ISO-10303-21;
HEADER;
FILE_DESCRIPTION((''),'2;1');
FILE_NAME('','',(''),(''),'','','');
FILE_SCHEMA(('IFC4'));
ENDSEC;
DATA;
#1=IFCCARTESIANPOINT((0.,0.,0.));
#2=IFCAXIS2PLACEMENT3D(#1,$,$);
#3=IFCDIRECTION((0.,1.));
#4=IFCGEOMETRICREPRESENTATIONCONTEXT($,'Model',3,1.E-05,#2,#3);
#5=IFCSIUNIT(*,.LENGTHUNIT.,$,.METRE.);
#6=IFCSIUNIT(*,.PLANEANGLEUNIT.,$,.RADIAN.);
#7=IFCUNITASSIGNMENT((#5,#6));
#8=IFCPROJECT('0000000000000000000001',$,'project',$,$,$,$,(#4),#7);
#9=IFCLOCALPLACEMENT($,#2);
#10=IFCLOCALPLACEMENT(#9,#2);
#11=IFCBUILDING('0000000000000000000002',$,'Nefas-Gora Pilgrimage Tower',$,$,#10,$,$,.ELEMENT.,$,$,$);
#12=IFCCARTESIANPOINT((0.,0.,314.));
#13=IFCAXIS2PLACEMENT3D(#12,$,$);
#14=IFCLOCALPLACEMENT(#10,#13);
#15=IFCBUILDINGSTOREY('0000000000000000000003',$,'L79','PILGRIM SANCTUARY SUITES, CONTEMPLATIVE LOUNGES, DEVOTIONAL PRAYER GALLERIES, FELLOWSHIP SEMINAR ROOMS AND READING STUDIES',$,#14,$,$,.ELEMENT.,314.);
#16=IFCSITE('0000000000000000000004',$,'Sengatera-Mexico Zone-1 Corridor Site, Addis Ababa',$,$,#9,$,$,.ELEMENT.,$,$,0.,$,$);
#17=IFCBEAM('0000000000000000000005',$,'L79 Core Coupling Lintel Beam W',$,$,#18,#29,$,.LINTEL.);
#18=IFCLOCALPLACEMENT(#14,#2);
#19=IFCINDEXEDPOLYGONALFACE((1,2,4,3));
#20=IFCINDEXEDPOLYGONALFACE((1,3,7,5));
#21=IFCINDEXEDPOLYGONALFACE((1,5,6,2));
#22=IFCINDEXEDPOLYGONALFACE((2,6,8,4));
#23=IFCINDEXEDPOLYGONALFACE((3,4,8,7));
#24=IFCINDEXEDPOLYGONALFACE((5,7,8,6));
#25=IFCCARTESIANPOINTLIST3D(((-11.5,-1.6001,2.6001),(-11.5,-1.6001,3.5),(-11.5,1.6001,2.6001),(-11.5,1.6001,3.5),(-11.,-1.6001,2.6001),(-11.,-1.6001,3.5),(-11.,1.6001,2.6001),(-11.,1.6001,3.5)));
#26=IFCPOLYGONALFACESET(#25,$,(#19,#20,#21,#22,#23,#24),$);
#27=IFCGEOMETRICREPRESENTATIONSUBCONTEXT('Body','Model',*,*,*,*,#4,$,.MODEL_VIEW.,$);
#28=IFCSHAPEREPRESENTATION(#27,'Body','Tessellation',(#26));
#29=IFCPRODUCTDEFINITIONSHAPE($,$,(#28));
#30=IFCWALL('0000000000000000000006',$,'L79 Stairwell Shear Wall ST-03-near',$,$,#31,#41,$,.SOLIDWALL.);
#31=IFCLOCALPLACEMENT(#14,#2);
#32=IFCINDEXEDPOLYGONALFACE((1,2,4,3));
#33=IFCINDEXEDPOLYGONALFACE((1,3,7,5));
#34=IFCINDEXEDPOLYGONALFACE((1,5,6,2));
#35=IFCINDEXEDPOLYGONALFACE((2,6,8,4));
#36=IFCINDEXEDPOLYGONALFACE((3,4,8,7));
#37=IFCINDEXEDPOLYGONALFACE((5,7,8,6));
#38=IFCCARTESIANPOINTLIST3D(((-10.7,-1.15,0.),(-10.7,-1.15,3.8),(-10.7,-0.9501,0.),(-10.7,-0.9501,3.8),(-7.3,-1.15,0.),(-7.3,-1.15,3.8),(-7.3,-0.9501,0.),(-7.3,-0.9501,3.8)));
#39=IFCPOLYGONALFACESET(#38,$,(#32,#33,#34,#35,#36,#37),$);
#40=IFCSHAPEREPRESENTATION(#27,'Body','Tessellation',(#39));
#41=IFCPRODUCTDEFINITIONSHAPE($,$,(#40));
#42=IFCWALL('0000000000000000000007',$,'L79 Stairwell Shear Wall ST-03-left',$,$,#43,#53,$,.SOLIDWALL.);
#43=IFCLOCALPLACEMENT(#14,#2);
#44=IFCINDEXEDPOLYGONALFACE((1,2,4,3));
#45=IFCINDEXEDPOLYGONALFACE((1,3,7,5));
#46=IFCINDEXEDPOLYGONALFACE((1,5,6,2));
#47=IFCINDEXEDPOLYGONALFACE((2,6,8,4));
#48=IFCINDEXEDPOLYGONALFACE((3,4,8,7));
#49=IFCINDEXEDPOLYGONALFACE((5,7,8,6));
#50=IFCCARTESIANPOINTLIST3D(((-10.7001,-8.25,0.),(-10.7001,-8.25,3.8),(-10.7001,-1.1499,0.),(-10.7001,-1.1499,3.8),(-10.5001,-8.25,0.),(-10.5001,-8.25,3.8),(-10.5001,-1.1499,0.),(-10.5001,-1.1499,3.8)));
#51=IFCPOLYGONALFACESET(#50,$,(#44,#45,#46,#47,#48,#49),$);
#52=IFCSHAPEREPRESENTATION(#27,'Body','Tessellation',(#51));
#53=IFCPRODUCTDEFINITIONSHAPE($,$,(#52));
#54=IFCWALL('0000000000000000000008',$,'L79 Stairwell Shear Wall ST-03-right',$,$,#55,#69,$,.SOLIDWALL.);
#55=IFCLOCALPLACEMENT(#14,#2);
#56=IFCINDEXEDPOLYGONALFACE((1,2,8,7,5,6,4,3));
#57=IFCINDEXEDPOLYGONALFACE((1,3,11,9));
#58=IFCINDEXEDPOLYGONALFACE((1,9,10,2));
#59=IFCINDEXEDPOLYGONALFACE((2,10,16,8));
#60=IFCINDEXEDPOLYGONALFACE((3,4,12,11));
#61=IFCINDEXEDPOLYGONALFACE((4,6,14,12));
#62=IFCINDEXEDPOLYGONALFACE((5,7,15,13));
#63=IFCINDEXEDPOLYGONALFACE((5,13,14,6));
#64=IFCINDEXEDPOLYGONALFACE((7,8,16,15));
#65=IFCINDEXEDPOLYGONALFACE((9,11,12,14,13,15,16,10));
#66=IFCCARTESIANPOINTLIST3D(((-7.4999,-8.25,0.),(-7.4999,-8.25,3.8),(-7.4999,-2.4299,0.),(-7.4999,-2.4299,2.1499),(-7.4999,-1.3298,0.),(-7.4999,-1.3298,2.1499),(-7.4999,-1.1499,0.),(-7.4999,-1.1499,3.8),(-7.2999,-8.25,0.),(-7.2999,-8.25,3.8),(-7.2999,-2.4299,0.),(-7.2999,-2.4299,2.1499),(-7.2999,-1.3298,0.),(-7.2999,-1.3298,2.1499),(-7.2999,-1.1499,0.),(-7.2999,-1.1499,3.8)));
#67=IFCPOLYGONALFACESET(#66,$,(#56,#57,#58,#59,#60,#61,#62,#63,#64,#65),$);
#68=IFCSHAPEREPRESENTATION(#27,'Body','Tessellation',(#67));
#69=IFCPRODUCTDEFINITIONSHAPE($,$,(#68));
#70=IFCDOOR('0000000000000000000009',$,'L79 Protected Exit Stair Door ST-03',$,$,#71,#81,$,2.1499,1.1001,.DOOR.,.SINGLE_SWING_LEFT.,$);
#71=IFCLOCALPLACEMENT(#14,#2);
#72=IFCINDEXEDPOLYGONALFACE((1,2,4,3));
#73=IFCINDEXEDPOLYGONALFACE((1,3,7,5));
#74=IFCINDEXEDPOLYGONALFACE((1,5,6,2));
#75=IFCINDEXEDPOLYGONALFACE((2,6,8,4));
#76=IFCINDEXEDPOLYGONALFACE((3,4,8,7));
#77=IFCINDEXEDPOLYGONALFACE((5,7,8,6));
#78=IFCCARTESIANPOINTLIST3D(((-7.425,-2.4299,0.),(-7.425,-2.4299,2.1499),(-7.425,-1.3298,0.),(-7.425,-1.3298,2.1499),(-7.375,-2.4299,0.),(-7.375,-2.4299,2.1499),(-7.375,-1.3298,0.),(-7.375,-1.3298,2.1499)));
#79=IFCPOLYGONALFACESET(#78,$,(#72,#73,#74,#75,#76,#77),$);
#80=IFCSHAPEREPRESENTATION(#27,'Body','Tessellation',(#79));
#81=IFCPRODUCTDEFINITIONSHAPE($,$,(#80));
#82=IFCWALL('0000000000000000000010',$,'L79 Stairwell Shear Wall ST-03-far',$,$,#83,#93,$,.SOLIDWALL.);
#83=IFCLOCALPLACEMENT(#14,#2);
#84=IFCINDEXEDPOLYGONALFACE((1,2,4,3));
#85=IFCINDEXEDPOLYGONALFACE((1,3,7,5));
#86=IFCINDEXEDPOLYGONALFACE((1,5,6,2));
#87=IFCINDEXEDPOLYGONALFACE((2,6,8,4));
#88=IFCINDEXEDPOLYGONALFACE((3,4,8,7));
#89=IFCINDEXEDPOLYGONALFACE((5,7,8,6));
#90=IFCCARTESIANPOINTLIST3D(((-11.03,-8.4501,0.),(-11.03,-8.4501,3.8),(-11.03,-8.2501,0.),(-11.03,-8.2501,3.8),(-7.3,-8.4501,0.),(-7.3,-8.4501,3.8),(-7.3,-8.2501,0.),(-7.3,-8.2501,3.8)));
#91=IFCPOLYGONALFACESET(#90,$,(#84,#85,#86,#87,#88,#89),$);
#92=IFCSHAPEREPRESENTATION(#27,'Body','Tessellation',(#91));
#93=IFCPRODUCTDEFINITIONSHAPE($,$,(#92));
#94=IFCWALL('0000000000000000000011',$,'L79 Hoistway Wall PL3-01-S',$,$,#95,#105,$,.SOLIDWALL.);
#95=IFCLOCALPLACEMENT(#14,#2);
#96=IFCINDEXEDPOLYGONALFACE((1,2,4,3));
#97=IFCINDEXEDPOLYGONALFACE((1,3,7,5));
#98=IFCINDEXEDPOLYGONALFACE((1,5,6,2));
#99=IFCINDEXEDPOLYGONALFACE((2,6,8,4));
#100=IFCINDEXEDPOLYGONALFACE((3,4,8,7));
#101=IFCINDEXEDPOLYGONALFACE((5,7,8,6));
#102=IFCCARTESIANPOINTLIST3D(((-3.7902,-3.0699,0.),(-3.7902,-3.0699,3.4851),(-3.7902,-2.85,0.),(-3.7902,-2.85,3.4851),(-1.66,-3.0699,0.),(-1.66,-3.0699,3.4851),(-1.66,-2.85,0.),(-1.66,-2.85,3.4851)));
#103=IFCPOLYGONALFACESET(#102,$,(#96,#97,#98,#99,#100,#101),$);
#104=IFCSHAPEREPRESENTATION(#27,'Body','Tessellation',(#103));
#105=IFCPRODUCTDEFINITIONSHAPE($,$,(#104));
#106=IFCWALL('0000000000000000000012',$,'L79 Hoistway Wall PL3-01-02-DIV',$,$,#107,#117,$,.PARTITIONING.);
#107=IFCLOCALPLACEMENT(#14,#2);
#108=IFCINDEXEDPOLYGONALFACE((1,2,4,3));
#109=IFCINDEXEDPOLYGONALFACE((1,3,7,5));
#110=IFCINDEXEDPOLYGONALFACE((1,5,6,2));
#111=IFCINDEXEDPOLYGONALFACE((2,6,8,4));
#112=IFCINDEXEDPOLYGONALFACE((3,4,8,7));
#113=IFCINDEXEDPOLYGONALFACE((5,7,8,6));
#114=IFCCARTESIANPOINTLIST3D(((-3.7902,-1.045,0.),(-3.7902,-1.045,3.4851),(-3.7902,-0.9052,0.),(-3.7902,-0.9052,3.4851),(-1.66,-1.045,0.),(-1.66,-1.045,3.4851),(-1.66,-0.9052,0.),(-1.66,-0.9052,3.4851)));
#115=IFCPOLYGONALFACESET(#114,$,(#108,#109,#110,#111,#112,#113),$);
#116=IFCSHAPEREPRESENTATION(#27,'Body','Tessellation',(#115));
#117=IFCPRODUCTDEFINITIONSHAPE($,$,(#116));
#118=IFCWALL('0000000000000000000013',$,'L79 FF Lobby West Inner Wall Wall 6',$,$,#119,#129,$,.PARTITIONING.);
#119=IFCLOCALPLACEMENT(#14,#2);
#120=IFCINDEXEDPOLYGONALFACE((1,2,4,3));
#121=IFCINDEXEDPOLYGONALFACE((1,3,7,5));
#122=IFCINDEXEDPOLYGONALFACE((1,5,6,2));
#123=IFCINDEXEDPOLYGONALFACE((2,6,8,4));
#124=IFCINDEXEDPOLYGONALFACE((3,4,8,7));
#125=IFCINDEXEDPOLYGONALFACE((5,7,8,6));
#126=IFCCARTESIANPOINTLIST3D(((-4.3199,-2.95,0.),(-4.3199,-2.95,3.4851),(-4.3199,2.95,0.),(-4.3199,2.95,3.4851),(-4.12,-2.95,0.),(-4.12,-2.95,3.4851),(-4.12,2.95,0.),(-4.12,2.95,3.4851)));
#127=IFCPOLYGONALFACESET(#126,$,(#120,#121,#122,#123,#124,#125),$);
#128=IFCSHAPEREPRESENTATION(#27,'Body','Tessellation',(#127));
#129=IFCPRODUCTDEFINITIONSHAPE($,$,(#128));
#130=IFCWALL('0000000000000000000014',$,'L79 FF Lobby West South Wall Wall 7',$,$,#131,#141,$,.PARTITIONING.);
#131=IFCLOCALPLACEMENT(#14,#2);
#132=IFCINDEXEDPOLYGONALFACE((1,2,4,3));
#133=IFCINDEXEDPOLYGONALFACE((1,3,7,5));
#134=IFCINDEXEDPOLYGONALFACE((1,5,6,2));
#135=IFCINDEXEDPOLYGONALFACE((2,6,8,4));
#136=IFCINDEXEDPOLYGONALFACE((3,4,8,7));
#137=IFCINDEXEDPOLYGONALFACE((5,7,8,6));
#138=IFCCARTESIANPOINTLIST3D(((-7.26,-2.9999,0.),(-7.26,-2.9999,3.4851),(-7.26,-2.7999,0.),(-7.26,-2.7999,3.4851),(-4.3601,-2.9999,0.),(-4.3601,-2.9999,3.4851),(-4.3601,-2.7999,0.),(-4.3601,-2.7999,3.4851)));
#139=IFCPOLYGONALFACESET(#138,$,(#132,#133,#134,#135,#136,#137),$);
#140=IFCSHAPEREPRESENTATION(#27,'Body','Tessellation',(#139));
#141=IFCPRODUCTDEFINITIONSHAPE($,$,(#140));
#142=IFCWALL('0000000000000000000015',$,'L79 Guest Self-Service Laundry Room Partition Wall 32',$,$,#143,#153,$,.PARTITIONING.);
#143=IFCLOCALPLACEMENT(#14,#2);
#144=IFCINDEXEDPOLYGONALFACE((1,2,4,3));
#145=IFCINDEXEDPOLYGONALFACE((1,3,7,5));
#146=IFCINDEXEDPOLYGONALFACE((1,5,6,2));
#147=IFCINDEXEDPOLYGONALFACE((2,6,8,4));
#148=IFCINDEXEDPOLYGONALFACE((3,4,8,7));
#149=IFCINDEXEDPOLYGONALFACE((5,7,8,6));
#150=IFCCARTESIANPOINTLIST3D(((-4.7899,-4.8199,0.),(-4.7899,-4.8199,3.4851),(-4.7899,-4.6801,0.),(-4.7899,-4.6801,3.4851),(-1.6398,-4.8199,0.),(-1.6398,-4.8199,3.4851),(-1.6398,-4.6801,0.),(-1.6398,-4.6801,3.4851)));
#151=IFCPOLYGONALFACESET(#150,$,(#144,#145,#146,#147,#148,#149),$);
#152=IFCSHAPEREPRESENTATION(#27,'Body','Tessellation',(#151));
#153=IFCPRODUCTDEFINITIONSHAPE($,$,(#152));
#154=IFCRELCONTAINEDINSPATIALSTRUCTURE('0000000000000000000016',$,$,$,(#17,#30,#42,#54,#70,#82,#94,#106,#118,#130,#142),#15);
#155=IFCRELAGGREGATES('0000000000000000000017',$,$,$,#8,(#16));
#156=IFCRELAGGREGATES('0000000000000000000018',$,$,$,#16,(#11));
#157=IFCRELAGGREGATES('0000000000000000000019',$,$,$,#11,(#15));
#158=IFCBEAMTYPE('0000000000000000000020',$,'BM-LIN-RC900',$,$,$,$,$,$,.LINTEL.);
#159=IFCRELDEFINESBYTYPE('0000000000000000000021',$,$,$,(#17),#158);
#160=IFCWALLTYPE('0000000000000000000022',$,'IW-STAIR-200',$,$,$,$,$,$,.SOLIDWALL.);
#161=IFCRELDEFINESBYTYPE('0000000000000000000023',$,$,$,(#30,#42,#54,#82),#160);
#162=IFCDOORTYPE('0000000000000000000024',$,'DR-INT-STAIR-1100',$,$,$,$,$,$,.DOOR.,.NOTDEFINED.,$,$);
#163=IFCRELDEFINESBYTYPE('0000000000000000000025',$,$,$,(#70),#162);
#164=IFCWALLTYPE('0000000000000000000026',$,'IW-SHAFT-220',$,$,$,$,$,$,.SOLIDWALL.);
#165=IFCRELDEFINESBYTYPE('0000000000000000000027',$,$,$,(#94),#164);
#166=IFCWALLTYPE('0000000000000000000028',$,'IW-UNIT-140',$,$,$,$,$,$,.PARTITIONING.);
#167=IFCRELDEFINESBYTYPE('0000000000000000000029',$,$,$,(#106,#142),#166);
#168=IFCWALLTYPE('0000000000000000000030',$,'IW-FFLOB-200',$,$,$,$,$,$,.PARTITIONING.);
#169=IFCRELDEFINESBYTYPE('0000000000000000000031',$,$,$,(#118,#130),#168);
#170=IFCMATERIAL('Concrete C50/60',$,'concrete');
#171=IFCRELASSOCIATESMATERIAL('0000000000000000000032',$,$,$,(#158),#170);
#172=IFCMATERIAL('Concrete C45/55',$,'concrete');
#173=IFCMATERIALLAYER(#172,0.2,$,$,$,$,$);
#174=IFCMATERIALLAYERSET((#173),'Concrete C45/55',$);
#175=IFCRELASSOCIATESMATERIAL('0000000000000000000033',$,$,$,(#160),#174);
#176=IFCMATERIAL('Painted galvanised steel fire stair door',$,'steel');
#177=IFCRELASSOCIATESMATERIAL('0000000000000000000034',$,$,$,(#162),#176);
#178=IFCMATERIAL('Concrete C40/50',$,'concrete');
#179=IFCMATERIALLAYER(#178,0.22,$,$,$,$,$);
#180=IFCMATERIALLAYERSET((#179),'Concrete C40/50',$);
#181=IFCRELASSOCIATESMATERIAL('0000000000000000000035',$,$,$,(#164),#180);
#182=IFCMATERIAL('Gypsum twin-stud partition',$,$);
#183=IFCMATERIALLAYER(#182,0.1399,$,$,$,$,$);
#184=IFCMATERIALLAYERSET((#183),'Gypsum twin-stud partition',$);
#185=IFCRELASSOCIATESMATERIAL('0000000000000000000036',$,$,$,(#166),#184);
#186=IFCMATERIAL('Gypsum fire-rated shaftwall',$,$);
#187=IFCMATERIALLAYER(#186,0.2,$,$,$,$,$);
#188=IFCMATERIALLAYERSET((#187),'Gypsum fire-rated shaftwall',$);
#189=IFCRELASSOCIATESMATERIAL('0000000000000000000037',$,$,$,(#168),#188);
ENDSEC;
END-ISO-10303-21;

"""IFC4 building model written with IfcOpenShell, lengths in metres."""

from ifc_helpers import new_model, si_unit, direction, frame, frame_2d, origin, origin_2d, place, context, subcontext, project, spatial, rectangle, extrude, source, transform, mapped, material, layer, layer_set, material_profile, profile_set, type_object, element, fill, save


model = new_model("IFC4")

# Units and contexts
model_context = context("Model", 3, precision=1e-05, world=origin(), true_north=direction((0.0, 1.0)))
body_context = subcontext(model_context, "Body", "Model", "MODEL_VIEW")
ifc_project = project(units=[si_unit("LENGTHUNIT", "METRE"), si_unit("PLANEANGLEUNIT", "RADIAN")], contexts=[model_context])

# Site, building, storey
site_placement = place(None, origin())
site = spatial("IfcSite", under=ifc_project, at=site_placement, Name="Sengatera-Mexico Zone-1 Corridor Site, Addis Ababa", CompositionType="ELEMENT", RefElevation=0.0)
building_placement = place(site_placement, origin())
building = spatial("IfcBuilding", under=site, at=building_placement, Name="Nefas-Gora Pilgrimage Tower", CompositionType="ELEMENT")
storey_placement = place(building_placement, frame((0.0, 0.0, 314.0)))
storey = spatial("IfcBuildingStorey", under=building, at=storey_placement, Name="L79", Description="PILGRIM SANCTUARY SUITES, CONTEMPLATIVE LOUNGES, DEVOTIONAL PRAYER GALLERIES, FELLOWSHIP SEMINAR ROOMS AND READING STUDIES", CompositionType="ELEMENT", Elevation=314.0)

# Beam
ifc_material_1 = material(Name="Concrete C50/60", Category="concrete")
ifc_material_profile = material_profile(ifc_material_1, rectangle(XDim=0.5, YDim=0.8999, at=origin_2d()), Name="RC 500x900")
ifc_profile_set = profile_set([ifc_material_profile], Name="Concrete C50/60")
beam_type = type_object("IfcBeamType", Name="BM-LIN-RC900", PredefinedType="LINTEL", material=ifc_profile_set)
shared_shape_1 = source(origin(), body_context, "Body", "SweptSolid", [
    extrude(rectangle(XDim=0.5, YDim=0.8999, at=origin_2d()), origin(), (0.0, 0.0, 1.0), 3.2002),
])
beam_placement = place(storey_placement, frame((-11.25, -1.6001, 3.05), z_axis=(0.0, 1.0, 0.0), x_axis=(-1.0, 0.0, 0.0)))
element("IfcBeam", 1, at=beam_placement, inside=storey, type_object=beam_type, Name="L79 Core Coupling Lintel Beam W", PredefinedType="LINTEL", context=body_context, shape_type="MappedRepresentation", body=[
    mapped(shared_shape_1, transform((0.0, 0.0, 0.0), x_axis=(1.0, 0.0, 0.0), y_axis=(0.0, 1.0, 0.0), z_axis=(0.0, 0.0, 1.0), scale=1.0)),
])

# Walls
ifc_material_2 = material(Name="Concrete C45/55", Category="concrete")
ifc_layer_1 = layer(ifc_material_2, 0.2)
ifc_layer_set_1 = layer_set([ifc_layer_1], Name="Concrete C45/55")
wall_type_1 = type_object("IfcWallType", Name="IW-STAIR-200", PredefinedType="SOLIDWALL", material=ifc_layer_set_1)
shared_shape_2 = source(origin(), body_context, "Body", "SweptSolid", [
    extrude(rectangle(XDim=3.3999, YDim=0.2, at=frame_2d((1.7, 0.0))), origin(), (0.0, 0.0, 1.0), 3.8),
])
wall_1_placement = place(storey_placement, frame((-10.7, -1.05, 0.0), z_axis=(0.0, 0.0, 1.0), x_axis=(1.0, 0.0, 0.0)))
element("IfcWall", 2, at=wall_1_placement, inside=storey, type_object=wall_type_1, Name="L79 Stairwell Shear Wall ST-03-near", PredefinedType="SOLIDWALL", context=body_context, shape_type="MappedRepresentation", body=[
    mapped(shared_shape_2, transform((0.0, 0.0, 0.0), x_axis=(1.0, 0.0, 0.0), y_axis=(0.0, 1.0, 0.0), z_axis=(0.0, 0.0, 1.0), scale=1.0)),
])
shared_shape_3 = source(origin(), body_context, "Body", "SweptSolid", [
    extrude(rectangle(XDim=7.1001, YDim=0.2, at=frame_2d((3.55, 0.0))), origin(), (0.0, 0.0, 1.0), 3.8),
])
wall_2_placement = place(storey_placement, frame((-10.6001, -1.1499, 0.0), z_axis=(0.0, 0.0, 1.0), x_axis=(0.0, -1.0, 0.0)))
element("IfcWall", 3, at=wall_2_placement, inside=storey, type_object=wall_type_1, Name="L79 Stairwell Shear Wall ST-03-left", PredefinedType="SOLIDWALL", context=body_context, shape_type="MappedRepresentation", body=[
    mapped(shared_shape_3, transform((0.0, 0.0, 0.0), x_axis=(1.0, 0.0, 0.0), y_axis=(0.0, 1.0, 0.0), z_axis=(0.0, 0.0, 1.0), scale=1.0)),
])

# Wall, opening, door
wall_3_placement = place(storey_placement, frame((-7.3999, -1.1499, 0.0), z_axis=(0.0, 0.0, 1.0), x_axis=(0.0, -1.0, 0.0)))
wall_3 = element("IfcWall", 4, at=wall_3_placement, inside=storey, type_object=wall_type_1, Name="L79 Stairwell Shear Wall ST-03-right", PredefinedType="SOLIDWALL", context=body_context, shape_type="MappedRepresentation", body=[
    mapped(shared_shape_3, transform((0.0, 0.0, 0.0), x_axis=(1.0, 0.0, 0.0), y_axis=(0.0, 1.0, 0.0), z_axis=(0.0, 0.0, 1.0), scale=1.0)),
])
opening_placement = place(wall_3_placement, frame((0.1799, 0.0, 0.0)))
opening = element("IfcOpeningElement", 5, at=opening_placement, cuts=wall_3, PredefinedType="OPENING", context=body_context, shape_type="SweptSolid", body=[
    extrude(rectangle(XDim=1.1001, YDim=2.1499, at=frame_2d((0.55, 1.075))), frame((0.0, 0.1099, 0.0), z_axis=(0.0, -1.0, 0.0), x_axis=(1.0, 0.0, 0.0)), (0.0, 0.0, 1.0), 0.22),
])
ifc_material_3 = material(Name="Painted galvanised steel fire stair door", Category="steel")
door_type = type_object("IfcDoorType", Name="DR-INT-STAIR-1100", OperationType="NOTDEFINED", PredefinedType="DOOR", material=ifc_material_3)
shared_shape_4 = source(origin(), body_context, "Body", "SweptSolid", [
    extrude(rectangle(XDim=1.1001, YDim=2.1499, at=frame_2d((0.55, 1.075))), frame((0.0, 0.0249, 0.0), z_axis=(0.0, -1.0, 0.0), x_axis=(1.0, 0.0, 0.0)), (0.0, 0.0, 1.0), 0.05),
])
door_placement = place(opening_placement, origin())
door = element("IfcDoor", 6, at=door_placement, inside=storey, type_object=door_type, Name="L79 Protected Exit Stair Door ST-03", OperationType="SINGLE_SWING_LEFT", OverallHeight=2.1499, OverallWidth=1.1001, PredefinedType="DOOR", context=body_context, shape_type="MappedRepresentation", body=[
    mapped(shared_shape_4, transform((0.0, 0.0, 0.0), x_axis=(1.0, 0.0, 0.0), y_axis=(0.0, 1.0, 0.0), z_axis=(0.0, 0.0, 1.0), scale=1.0)),
])
fill(opening, door)

# Walls
shared_shape_5 = source(origin(), body_context, "Body", "SweptSolid", [
    extrude(rectangle(XDim=3.73, YDim=0.2, at=frame_2d((1.865, 0.0))), origin(), (0.0, 0.0, 1.0), 3.8),
])
wall_4_placement = place(storey_placement, frame((-11.03, -8.3501, 0.0), z_axis=(0.0, 0.0, 1.0), x_axis=(1.0, 0.0, 0.0)))
element("IfcWall", 7, at=wall_4_placement, inside=storey, type_object=wall_type_1, Name="L79 Stairwell Shear Wall ST-03-far", PredefinedType="SOLIDWALL", context=body_context, shape_type="MappedRepresentation", body=[
    mapped(shared_shape_5, transform((0.0, 0.0, 0.0), x_axis=(1.0, 0.0, 0.0), y_axis=(0.0, 1.0, 0.0), z_axis=(0.0, 0.0, 1.0), scale=1.0)),
])
ifc_material_4 = material(Name="Concrete C40/50", Category="concrete")
ifc_layer_2 = layer(ifc_material_4, 0.22)
ifc_layer_set_2 = layer_set([ifc_layer_2], Name="Concrete C40/50")
wall_type_2 = type_object("IfcWallType", Name="IW-SHAFT-220", PredefinedType="SOLIDWALL", material=ifc_layer_set_2)
shared_shape_6 = source(origin(), body_context, "Body", "SweptSolid", [
    extrude(rectangle(XDim=2.1301, YDim=0.22, at=frame_2d((1.0649, 0.0))), origin(), (0.0, 0.0, 1.0), 3.4851),
])
wall_5_placement = place(storey_placement, frame((-3.79, -2.96, 0.0), z_axis=(0.0, 0.0, 1.0), x_axis=(1.0, 0.0, 0.0)))
element("IfcWall", 8, at=wall_5_placement, inside=storey, type_object=wall_type_2, Name="L79 Hoistway Wall PL3-01-S", PredefinedType="SOLIDWALL", context=body_context, shape_type="MappedRepresentation", body=[
    mapped(shared_shape_6, transform((0.0, 0.0, 0.0), x_axis=(1.0, 0.0, 0.0), y_axis=(0.0, 1.0, 0.0), z_axis=(0.0, 0.0, 1.0), scale=1.0)),
])
ifc_material_5 = material(Name="Gypsum twin-stud partition")
ifc_layer_3 = layer(ifc_material_5, 0.1399)
ifc_layer_set_3 = layer_set([ifc_layer_3], Name="Gypsum twin-stud partition")
wall_type_3 = type_object("IfcWallType", Name="IW-UNIT-140", PredefinedType="PARTITIONING", material=ifc_layer_set_3)
shared_shape_7 = source(origin(), body_context, "Body", "SweptSolid", [
    extrude(rectangle(XDim=2.1301, YDim=0.1399, at=frame_2d((1.0649, 0.0))), origin(), (0.0, 0.0, 1.0), 3.4851),
])
wall_6_placement = place(storey_placement, frame((-3.79, -0.9751, 0.0), z_axis=(0.0, 0.0, 1.0), x_axis=(1.0, 0.0, 0.0)))
element("IfcWall", 9, at=wall_6_placement, inside=storey, type_object=wall_type_3, Name="L79 Hoistway Wall PL3-01-02-DIV", PredefinedType="PARTITIONING", context=body_context, shape_type="MappedRepresentation", body=[
    mapped(shared_shape_7, transform((0.0, 0.0, 0.0), x_axis=(1.0, 0.0, 0.0), y_axis=(0.0, 1.0, 0.0), z_axis=(0.0, 0.0, 1.0), scale=1.0)),
])
ifc_material_6 = material(Name="Gypsum fire-rated shaftwall")
ifc_layer_4 = layer(ifc_material_6, 0.2)
ifc_layer_set_4 = layer_set([ifc_layer_4], Name="Gypsum fire-rated shaftwall")
wall_type_4 = type_object("IfcWallType", Name="IW-FFLOB-200", PredefinedType="PARTITIONING", material=ifc_layer_set_4)
shared_shape_8 = source(origin(), body_context, "Body", "SweptSolid", [
    extrude(rectangle(XDim=5.8999, YDim=0.2, at=frame_2d((2.95, 0.0))), origin(), (0.0, 0.0, 1.0), 3.4851),
])
wall_7_placement = place(storey_placement, frame((-4.22, -2.95, 0.0), z_axis=(0.0, 0.0, 1.0), x_axis=(0.0, 1.0, 0.0)))
element("IfcWall", 10, at=wall_7_placement, inside=storey, type_object=wall_type_4, Name="L79 FF Lobby West Inner Wall Wall 6", PredefinedType="PARTITIONING", context=body_context, shape_type="MappedRepresentation", body=[
    mapped(shared_shape_8, transform((0.0, 0.0, 0.0), x_axis=(1.0, 0.0, 0.0), y_axis=(0.0, 1.0, 0.0), z_axis=(0.0, 0.0, 1.0), scale=1.0)),
])
shared_shape_9 = source(origin(), body_context, "Body", "SweptSolid", [
    extrude(rectangle(XDim=2.8999, YDim=0.2, at=frame_2d((1.45, 0.0))), origin(), (0.0, 0.0, 1.0), 3.4851),
])
wall_8_placement = place(storey_placement, frame((-7.26, -2.8999, 0.0), z_axis=(0.0, 0.0, 1.0), x_axis=(1.0, 0.0, 0.0)))
element("IfcWall", 11, at=wall_8_placement, inside=storey, type_object=wall_type_4, Name="L79 FF Lobby West South Wall Wall 7", PredefinedType="PARTITIONING", context=body_context, shape_type="MappedRepresentation", body=[
    mapped(shared_shape_9, transform((0.0, 0.0, 0.0), x_axis=(1.0, 0.0, 0.0), y_axis=(0.0, 1.0, 0.0), z_axis=(0.0, 0.0, 1.0), scale=1.0)),
])
shared_shape_10 = source(origin(), body_context, "Body", "SweptSolid", [
    extrude(rectangle(XDim=3.1501, YDim=0.1399, at=frame_2d((1.5752, 0.0))), origin(), (0.0, 0.0, 1.0), 3.4851),
])
wall_9_placement = place(storey_placement, frame((-4.79, -4.75, 0.0), z_axis=(0.0, 0.0, 1.0), x_axis=(1.0, 0.0, 0.0)))
element("IfcWall", 12, at=wall_9_placement, inside=storey, type_object=wall_type_3, Name="L79 Guest Self-Service Laundry Room Partition Wall 32", PredefinedType="PARTITIONING", context=body_context, shape_type="MappedRepresentation", body=[
    mapped(shared_shape_10, transform((0.0, 0.0, 0.0), x_axis=(1.0, 0.0, 0.0), y_axis=(0.0, 1.0, 0.0), z_axis=(0.0, 0.0, 1.0), scale=1.0)),
])

save(model, "model.ifc")
